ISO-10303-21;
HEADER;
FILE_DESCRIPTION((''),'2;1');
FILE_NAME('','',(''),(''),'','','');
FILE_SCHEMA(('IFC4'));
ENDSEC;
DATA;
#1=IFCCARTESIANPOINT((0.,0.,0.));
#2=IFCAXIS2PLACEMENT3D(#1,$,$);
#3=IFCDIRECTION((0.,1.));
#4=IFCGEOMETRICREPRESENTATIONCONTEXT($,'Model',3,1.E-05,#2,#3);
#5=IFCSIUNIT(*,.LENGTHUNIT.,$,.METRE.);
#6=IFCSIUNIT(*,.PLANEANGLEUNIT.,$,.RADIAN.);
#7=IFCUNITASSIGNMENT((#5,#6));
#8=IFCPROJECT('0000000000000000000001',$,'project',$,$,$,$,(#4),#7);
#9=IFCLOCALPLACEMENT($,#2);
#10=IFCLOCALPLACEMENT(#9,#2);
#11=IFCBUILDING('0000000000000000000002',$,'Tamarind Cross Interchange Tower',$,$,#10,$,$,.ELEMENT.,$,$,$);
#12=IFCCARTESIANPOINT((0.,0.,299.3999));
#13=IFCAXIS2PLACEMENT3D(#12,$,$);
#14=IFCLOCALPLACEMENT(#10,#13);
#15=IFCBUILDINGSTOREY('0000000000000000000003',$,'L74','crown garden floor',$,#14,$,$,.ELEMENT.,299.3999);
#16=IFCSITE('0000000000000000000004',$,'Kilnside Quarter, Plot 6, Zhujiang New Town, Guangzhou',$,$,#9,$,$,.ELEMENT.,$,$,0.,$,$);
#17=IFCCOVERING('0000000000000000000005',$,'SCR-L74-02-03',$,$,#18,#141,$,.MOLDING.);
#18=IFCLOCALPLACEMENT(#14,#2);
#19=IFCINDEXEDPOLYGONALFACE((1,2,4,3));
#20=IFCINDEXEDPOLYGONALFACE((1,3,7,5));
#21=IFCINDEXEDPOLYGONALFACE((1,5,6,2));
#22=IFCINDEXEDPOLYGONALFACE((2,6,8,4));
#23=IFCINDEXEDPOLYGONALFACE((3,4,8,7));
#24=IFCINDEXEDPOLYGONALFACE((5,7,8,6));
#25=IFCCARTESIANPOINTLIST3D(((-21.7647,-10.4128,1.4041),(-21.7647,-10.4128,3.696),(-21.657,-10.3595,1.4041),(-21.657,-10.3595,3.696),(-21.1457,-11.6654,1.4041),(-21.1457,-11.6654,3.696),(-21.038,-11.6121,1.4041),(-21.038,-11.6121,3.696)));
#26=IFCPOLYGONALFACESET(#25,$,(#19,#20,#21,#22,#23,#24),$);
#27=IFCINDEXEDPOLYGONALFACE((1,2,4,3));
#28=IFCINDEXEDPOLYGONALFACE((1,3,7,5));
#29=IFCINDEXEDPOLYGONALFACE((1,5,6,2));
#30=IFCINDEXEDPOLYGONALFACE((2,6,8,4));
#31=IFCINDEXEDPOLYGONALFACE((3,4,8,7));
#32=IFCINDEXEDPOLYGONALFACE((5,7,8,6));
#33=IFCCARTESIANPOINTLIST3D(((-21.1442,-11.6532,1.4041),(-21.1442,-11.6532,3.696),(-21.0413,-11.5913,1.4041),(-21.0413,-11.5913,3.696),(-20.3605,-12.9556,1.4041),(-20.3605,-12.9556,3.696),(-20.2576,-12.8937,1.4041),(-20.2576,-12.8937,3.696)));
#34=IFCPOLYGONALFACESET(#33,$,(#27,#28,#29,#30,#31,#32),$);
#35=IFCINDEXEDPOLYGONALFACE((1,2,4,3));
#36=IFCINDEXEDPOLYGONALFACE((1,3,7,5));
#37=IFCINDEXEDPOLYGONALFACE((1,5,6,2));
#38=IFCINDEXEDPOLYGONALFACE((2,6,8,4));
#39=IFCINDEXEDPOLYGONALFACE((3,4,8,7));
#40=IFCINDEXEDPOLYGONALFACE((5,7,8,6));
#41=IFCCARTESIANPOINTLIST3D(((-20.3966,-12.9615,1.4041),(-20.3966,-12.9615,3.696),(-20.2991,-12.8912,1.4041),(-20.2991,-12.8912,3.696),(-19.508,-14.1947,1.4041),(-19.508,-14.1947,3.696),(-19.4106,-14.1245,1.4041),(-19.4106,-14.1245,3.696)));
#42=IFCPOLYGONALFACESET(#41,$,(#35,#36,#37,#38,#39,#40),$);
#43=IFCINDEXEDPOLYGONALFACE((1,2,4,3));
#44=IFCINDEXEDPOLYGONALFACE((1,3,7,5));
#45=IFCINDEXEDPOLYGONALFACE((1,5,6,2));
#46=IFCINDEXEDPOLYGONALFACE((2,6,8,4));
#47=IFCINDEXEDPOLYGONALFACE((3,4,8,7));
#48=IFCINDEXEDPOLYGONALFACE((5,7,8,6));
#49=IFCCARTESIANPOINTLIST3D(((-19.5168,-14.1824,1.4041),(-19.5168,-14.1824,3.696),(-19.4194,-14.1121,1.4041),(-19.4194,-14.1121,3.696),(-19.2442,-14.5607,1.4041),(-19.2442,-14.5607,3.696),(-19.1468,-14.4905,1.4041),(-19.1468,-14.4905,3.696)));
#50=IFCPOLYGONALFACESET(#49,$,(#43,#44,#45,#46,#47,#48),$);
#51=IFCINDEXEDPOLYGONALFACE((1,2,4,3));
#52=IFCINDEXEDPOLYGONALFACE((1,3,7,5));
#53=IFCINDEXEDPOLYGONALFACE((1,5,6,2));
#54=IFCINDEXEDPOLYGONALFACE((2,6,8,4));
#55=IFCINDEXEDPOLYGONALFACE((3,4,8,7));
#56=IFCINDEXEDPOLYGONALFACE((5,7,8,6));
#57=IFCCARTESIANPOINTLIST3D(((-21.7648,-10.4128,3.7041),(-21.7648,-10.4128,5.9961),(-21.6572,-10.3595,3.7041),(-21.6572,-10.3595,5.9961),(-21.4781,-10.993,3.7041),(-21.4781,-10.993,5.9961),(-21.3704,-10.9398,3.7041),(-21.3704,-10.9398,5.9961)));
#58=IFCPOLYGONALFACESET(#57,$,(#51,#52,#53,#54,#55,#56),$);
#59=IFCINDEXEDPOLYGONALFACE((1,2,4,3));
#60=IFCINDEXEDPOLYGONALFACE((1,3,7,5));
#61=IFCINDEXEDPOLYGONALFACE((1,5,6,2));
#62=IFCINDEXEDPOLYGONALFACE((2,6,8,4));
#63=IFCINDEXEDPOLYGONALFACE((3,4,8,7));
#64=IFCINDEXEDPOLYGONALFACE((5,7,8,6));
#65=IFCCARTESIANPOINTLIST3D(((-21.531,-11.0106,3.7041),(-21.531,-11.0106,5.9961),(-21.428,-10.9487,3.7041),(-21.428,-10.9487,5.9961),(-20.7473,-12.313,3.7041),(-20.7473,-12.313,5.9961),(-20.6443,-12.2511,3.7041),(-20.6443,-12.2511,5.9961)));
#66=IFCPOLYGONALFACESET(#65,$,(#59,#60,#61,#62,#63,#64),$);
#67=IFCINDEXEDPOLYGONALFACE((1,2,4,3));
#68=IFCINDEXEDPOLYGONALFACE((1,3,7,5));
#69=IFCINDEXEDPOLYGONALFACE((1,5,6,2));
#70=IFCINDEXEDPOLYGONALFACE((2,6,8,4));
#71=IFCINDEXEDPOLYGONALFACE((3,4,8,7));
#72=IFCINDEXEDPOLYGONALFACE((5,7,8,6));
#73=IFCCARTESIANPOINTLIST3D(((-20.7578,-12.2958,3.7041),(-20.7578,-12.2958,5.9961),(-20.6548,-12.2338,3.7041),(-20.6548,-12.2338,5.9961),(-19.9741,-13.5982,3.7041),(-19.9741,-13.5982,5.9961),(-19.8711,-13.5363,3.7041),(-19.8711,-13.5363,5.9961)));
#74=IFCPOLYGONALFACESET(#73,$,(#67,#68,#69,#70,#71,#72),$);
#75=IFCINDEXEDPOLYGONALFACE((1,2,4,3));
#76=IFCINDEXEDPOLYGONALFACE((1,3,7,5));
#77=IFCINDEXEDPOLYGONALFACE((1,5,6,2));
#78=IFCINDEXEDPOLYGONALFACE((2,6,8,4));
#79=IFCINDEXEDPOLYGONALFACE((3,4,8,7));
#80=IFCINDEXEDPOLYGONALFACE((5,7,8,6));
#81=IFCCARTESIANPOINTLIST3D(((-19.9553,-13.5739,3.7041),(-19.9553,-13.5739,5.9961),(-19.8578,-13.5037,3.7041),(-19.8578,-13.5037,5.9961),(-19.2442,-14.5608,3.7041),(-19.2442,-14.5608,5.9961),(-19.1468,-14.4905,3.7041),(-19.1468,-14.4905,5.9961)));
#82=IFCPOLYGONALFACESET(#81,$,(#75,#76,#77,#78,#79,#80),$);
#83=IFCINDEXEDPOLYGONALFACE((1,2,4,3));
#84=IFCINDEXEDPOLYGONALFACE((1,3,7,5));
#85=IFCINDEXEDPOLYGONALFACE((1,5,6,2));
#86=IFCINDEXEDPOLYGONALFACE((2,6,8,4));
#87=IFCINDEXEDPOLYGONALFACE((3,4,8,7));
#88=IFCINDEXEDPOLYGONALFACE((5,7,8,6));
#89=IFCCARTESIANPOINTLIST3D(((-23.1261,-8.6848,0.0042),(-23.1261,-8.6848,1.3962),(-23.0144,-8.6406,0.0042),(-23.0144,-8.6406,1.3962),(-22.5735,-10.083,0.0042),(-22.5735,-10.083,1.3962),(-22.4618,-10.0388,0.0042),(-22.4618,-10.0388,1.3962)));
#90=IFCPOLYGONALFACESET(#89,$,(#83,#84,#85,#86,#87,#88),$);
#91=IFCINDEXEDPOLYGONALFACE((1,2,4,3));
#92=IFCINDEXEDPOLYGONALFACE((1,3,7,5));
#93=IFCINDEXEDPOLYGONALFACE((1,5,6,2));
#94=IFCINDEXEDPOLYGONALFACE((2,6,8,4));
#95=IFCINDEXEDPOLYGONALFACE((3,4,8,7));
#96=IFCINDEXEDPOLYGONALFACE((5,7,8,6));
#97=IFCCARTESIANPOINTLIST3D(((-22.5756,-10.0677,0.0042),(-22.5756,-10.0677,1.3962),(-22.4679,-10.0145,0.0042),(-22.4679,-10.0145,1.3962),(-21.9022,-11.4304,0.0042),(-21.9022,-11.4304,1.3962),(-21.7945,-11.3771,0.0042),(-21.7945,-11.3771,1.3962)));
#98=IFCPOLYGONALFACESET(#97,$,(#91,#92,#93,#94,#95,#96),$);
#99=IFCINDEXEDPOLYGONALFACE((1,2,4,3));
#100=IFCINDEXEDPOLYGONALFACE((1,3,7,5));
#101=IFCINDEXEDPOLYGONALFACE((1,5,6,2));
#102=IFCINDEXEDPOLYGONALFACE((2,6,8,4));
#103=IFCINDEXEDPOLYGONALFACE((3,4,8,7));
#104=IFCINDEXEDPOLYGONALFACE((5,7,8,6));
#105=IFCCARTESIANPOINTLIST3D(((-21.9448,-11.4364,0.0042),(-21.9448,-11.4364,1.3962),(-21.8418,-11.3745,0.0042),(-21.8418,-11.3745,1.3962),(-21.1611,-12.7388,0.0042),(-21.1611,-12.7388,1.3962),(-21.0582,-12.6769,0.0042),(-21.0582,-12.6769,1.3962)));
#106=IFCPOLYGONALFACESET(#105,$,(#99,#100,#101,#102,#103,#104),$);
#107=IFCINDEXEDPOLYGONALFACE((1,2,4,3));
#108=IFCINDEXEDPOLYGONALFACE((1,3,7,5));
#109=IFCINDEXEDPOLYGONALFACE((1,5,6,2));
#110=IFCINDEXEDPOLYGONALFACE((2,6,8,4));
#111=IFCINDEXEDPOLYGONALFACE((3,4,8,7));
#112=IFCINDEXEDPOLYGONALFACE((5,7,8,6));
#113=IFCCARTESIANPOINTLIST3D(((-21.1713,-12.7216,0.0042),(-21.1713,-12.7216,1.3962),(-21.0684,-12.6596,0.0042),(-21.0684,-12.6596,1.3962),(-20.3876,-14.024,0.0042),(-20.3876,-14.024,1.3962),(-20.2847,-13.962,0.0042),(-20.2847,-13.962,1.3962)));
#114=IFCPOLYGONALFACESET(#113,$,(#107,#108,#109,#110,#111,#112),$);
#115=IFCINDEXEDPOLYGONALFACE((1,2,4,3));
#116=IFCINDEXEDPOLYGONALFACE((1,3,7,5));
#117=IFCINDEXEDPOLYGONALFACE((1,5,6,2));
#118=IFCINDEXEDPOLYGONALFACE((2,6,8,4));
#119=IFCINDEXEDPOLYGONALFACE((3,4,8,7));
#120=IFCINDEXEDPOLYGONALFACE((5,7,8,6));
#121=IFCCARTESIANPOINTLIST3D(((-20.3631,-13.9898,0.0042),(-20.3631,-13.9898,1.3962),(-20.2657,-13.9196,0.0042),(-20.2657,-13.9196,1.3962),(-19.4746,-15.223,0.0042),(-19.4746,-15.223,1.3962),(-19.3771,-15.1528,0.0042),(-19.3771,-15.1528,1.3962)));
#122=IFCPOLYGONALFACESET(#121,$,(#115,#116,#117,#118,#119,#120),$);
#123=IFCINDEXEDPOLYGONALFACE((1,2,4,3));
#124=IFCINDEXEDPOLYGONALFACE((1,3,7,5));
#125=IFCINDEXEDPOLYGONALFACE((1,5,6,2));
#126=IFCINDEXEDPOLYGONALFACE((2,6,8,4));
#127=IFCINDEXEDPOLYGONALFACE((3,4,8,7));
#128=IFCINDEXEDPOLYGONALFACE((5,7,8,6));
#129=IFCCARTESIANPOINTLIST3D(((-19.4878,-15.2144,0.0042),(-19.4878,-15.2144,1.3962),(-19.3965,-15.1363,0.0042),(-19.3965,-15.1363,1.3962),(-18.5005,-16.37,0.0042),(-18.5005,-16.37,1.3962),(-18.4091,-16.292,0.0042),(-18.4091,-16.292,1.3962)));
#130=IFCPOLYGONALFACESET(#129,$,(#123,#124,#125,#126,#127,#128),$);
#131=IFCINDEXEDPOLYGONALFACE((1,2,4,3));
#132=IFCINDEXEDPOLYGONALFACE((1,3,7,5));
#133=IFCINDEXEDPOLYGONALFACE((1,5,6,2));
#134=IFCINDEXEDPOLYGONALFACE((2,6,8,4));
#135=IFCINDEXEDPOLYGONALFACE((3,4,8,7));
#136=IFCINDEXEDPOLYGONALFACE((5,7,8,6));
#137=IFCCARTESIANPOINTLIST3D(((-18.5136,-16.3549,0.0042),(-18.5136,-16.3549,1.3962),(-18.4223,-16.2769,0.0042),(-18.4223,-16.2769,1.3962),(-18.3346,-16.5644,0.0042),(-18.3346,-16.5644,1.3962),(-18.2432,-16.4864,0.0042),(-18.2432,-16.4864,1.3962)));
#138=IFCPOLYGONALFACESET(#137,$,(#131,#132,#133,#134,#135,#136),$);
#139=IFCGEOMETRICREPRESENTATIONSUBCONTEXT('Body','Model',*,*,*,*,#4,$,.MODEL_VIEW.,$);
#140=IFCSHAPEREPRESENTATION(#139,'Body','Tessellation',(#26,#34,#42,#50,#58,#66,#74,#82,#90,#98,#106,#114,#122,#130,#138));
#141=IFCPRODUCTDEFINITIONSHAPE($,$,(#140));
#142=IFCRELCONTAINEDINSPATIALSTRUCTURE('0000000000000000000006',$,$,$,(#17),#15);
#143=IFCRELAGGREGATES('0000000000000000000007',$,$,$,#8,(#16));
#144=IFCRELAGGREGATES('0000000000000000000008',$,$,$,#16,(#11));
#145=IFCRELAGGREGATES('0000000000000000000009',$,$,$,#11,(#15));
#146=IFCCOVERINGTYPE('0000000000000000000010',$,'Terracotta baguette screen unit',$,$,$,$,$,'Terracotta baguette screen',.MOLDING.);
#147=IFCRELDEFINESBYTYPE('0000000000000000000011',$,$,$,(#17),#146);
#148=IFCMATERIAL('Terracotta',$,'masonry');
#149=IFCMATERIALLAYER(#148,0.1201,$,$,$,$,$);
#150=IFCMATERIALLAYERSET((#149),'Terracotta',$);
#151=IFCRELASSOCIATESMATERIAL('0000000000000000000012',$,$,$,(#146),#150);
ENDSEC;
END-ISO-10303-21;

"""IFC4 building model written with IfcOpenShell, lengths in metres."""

from ifc_helpers import new_model, si_unit, direction, frame, origin, origin_2d, place, context, subcontext, project, spatial, rectangle, extrude, material, layer, layer_set, type_object, element, save


model = new_model("IFC4")

# Units and contexts
model_context = context("Model", 3, precision=1e-05, world=origin(), true_north=direction((0.0, 1.0)))
body_context = subcontext(model_context, "Body", "Model", "MODEL_VIEW")
ifc_project = project(units=[si_unit("LENGTHUNIT", "METRE"), si_unit("PLANEANGLEUNIT", "RADIAN")], contexts=[model_context])

# Site, building, storey
site_placement = place(None, origin())
site = spatial("IfcSite", under=ifc_project, at=site_placement, Name="Kilnside Quarter, Plot 6, Zhujiang New Town, Guangzhou", CompositionType="ELEMENT", RefElevation=0.0)
building_placement = place(site_placement, origin())
building = spatial("IfcBuilding", under=site, at=building_placement, Name="Tamarind Cross Interchange Tower", CompositionType="ELEMENT")
storey_placement = place(building_placement, frame((0.0, 0.0, 299.3999)))
storey = spatial("IfcBuildingStorey", under=building, at=storey_placement, Name="L74", Description="crown garden floor", CompositionType="ELEMENT", Elevation=299.3999)

# Covering
ifc_material_1 = material(Name="Terracotta", Category="masonry")
ifc_layer_1 = layer(ifc_material_1, 0.1201)
ifc_layer_set_1 = layer_set([ifc_layer_1], Name="Terracotta")
covering_type = type_object("IfcCoveringType", Name="Terracotta baguette screen unit", ElementType="Terracotta baguette screen", PredefinedType="MOLDING", material=ifc_layer_set_1)
covering_1_placement = place(storey_placement, origin())
element("IfcCovering", 1, at=covering_1_placement, inside=storey, type_object=covering_type, Name="SCR-L74-02-03", PredefinedType="MOLDING", context=body_context, shape_type="SweptSolid", body=[
    extrude(rectangle(XDim=1.3972, YDim=0.1201, at=origin_2d()), frame((-21.4014, -11.0125, 1.4041), z_axis=(0.0, 0.0, 1.0), x_axis=(0.443059, -0.896493, 0.0)), (0.0, 0.0, 1.0), 2.292),
    extrude(rectangle(XDim=1.52, YDim=0.1201, at=origin_2d()), frame((-20.7009, -12.2734, 1.4041), z_axis=(0.0, 0.0, 1.0), x_axis=(0.515577, -0.856843, 0.0)), (0.0, 0.0, 1.0), 2.292),
    extrude(rectangle(XDim=1.52, YDim=0.1201, at=origin_2d()), frame((-19.9036, -13.543, 1.4041), z_axis=(0.0, 0.0, 1.0), x_axis=(0.584574, -0.81134, 0.0)), (0.0, 0.0, 1.0), 2.292),
    extrude(rectangle(XDim=0.4663, YDim=0.1201, at=origin_2d()), frame((-19.3318, -14.3364, 1.4041), z_axis=(0.0, 0.0, 1.0), x_axis=(0.584574, -0.81134, 0.0)), (0.0, 0.0, 1.0), 2.292),
    extrude(rectangle(XDim=0.6472, YDim=0.1201, at=origin_2d()), frame((-21.5676, -10.6763, 3.7041), z_axis=(0.0, 0.0, 1.0), x_axis=(0.443059, -0.896493, 0.0)), (0.0, 0.0, 1.0), 2.292),
    extrude(rectangle(XDim=1.52, YDim=0.1201, at=origin_2d()), frame((-21.0876, -11.6309, 3.7041), z_axis=(0.0, 0.0, 1.0), x_axis=(0.515577, -0.856843, 0.0)), (0.0, 0.0, 1.0), 2.292),
    extrude(rectangle(XDim=1.52, YDim=0.1201, at=origin_2d()), frame((-20.3145, -12.916, 3.7041), z_axis=(0.0, 0.0, 1.0), x_axis=(0.515577, -0.856843, 0.0)), (0.0, 0.0, 1.0), 2.292),
    extrude(rectangle(XDim=1.2163, YDim=0.1201, at=origin_2d()), frame((-19.551, -14.0322, 3.7041), z_axis=(0.0, 0.0, 1.0), x_axis=(0.584574, -0.81134, 0.0)), (0.0, 0.0, 1.0), 2.292),
    extrude(rectangle(XDim=1.5034, YDim=0.1201, at=origin_2d()), frame((-22.7939, -9.3618, 0.0042), z_axis=(0.0, 0.0, 1.0), x_axis=(0.367514, -0.930018, 0.0)), (0.0, 0.0, 1.0), 1.3921),
    extrude(rectangle(XDim=1.52, YDim=0.1201, at=origin_2d()), frame((-22.1851, -10.7224, 0.0042), z_axis=(0.0, 0.0, 1.0), x_axis=(0.443059, -0.896493, 0.0)), (0.0, 0.0, 1.0), 1.3921),
    extrude(rectangle(XDim=1.52, YDim=0.1201, at=origin_2d()), frame((-21.5015, -12.0566, 0.0042), z_axis=(0.0, 0.0, 1.0), x_axis=(0.515577, -0.856843, 0.0)), (0.0, 0.0, 1.0), 1.3921),
    extrude(rectangle(XDim=1.52, YDim=0.1201, at=origin_2d()), frame((-20.728, -13.3418, 0.0042), z_axis=(0.0, 0.0, 1.0), x_axis=(0.515577, -0.856843, 0.0)), (0.0, 0.0, 1.0), 1.3921),
    extrude(rectangle(XDim=1.52, YDim=0.1201, at=origin_2d()), frame((-19.8701, -14.5713, 0.0042), z_axis=(0.0, 0.0, 1.0), x_axis=(0.584574, -0.81134, 0.0)), (0.0, 0.0, 1.0), 1.3921),
    extrude(rectangle(XDim=1.52, YDim=0.1201, at=origin_2d()), frame((-18.9485, -15.7532, 0.0042), z_axis=(0.0, 0.0, 1.0), x_axis=(0.649577, -0.760296, 0.0)), (0.0, 0.0, 1.0), 1.3921),
    extrude(rectangle(XDim=0.2756, YDim=0.1201, at=origin_2d()), frame((-18.3784, -16.4207, 0.0042), z_axis=(0.0, 0.0, 1.0), x_axis=(0.649577, -0.760296, 0.0)), (0.0, 0.0, 1.0), 1.3921),
])

save(model, "model.ifc")
